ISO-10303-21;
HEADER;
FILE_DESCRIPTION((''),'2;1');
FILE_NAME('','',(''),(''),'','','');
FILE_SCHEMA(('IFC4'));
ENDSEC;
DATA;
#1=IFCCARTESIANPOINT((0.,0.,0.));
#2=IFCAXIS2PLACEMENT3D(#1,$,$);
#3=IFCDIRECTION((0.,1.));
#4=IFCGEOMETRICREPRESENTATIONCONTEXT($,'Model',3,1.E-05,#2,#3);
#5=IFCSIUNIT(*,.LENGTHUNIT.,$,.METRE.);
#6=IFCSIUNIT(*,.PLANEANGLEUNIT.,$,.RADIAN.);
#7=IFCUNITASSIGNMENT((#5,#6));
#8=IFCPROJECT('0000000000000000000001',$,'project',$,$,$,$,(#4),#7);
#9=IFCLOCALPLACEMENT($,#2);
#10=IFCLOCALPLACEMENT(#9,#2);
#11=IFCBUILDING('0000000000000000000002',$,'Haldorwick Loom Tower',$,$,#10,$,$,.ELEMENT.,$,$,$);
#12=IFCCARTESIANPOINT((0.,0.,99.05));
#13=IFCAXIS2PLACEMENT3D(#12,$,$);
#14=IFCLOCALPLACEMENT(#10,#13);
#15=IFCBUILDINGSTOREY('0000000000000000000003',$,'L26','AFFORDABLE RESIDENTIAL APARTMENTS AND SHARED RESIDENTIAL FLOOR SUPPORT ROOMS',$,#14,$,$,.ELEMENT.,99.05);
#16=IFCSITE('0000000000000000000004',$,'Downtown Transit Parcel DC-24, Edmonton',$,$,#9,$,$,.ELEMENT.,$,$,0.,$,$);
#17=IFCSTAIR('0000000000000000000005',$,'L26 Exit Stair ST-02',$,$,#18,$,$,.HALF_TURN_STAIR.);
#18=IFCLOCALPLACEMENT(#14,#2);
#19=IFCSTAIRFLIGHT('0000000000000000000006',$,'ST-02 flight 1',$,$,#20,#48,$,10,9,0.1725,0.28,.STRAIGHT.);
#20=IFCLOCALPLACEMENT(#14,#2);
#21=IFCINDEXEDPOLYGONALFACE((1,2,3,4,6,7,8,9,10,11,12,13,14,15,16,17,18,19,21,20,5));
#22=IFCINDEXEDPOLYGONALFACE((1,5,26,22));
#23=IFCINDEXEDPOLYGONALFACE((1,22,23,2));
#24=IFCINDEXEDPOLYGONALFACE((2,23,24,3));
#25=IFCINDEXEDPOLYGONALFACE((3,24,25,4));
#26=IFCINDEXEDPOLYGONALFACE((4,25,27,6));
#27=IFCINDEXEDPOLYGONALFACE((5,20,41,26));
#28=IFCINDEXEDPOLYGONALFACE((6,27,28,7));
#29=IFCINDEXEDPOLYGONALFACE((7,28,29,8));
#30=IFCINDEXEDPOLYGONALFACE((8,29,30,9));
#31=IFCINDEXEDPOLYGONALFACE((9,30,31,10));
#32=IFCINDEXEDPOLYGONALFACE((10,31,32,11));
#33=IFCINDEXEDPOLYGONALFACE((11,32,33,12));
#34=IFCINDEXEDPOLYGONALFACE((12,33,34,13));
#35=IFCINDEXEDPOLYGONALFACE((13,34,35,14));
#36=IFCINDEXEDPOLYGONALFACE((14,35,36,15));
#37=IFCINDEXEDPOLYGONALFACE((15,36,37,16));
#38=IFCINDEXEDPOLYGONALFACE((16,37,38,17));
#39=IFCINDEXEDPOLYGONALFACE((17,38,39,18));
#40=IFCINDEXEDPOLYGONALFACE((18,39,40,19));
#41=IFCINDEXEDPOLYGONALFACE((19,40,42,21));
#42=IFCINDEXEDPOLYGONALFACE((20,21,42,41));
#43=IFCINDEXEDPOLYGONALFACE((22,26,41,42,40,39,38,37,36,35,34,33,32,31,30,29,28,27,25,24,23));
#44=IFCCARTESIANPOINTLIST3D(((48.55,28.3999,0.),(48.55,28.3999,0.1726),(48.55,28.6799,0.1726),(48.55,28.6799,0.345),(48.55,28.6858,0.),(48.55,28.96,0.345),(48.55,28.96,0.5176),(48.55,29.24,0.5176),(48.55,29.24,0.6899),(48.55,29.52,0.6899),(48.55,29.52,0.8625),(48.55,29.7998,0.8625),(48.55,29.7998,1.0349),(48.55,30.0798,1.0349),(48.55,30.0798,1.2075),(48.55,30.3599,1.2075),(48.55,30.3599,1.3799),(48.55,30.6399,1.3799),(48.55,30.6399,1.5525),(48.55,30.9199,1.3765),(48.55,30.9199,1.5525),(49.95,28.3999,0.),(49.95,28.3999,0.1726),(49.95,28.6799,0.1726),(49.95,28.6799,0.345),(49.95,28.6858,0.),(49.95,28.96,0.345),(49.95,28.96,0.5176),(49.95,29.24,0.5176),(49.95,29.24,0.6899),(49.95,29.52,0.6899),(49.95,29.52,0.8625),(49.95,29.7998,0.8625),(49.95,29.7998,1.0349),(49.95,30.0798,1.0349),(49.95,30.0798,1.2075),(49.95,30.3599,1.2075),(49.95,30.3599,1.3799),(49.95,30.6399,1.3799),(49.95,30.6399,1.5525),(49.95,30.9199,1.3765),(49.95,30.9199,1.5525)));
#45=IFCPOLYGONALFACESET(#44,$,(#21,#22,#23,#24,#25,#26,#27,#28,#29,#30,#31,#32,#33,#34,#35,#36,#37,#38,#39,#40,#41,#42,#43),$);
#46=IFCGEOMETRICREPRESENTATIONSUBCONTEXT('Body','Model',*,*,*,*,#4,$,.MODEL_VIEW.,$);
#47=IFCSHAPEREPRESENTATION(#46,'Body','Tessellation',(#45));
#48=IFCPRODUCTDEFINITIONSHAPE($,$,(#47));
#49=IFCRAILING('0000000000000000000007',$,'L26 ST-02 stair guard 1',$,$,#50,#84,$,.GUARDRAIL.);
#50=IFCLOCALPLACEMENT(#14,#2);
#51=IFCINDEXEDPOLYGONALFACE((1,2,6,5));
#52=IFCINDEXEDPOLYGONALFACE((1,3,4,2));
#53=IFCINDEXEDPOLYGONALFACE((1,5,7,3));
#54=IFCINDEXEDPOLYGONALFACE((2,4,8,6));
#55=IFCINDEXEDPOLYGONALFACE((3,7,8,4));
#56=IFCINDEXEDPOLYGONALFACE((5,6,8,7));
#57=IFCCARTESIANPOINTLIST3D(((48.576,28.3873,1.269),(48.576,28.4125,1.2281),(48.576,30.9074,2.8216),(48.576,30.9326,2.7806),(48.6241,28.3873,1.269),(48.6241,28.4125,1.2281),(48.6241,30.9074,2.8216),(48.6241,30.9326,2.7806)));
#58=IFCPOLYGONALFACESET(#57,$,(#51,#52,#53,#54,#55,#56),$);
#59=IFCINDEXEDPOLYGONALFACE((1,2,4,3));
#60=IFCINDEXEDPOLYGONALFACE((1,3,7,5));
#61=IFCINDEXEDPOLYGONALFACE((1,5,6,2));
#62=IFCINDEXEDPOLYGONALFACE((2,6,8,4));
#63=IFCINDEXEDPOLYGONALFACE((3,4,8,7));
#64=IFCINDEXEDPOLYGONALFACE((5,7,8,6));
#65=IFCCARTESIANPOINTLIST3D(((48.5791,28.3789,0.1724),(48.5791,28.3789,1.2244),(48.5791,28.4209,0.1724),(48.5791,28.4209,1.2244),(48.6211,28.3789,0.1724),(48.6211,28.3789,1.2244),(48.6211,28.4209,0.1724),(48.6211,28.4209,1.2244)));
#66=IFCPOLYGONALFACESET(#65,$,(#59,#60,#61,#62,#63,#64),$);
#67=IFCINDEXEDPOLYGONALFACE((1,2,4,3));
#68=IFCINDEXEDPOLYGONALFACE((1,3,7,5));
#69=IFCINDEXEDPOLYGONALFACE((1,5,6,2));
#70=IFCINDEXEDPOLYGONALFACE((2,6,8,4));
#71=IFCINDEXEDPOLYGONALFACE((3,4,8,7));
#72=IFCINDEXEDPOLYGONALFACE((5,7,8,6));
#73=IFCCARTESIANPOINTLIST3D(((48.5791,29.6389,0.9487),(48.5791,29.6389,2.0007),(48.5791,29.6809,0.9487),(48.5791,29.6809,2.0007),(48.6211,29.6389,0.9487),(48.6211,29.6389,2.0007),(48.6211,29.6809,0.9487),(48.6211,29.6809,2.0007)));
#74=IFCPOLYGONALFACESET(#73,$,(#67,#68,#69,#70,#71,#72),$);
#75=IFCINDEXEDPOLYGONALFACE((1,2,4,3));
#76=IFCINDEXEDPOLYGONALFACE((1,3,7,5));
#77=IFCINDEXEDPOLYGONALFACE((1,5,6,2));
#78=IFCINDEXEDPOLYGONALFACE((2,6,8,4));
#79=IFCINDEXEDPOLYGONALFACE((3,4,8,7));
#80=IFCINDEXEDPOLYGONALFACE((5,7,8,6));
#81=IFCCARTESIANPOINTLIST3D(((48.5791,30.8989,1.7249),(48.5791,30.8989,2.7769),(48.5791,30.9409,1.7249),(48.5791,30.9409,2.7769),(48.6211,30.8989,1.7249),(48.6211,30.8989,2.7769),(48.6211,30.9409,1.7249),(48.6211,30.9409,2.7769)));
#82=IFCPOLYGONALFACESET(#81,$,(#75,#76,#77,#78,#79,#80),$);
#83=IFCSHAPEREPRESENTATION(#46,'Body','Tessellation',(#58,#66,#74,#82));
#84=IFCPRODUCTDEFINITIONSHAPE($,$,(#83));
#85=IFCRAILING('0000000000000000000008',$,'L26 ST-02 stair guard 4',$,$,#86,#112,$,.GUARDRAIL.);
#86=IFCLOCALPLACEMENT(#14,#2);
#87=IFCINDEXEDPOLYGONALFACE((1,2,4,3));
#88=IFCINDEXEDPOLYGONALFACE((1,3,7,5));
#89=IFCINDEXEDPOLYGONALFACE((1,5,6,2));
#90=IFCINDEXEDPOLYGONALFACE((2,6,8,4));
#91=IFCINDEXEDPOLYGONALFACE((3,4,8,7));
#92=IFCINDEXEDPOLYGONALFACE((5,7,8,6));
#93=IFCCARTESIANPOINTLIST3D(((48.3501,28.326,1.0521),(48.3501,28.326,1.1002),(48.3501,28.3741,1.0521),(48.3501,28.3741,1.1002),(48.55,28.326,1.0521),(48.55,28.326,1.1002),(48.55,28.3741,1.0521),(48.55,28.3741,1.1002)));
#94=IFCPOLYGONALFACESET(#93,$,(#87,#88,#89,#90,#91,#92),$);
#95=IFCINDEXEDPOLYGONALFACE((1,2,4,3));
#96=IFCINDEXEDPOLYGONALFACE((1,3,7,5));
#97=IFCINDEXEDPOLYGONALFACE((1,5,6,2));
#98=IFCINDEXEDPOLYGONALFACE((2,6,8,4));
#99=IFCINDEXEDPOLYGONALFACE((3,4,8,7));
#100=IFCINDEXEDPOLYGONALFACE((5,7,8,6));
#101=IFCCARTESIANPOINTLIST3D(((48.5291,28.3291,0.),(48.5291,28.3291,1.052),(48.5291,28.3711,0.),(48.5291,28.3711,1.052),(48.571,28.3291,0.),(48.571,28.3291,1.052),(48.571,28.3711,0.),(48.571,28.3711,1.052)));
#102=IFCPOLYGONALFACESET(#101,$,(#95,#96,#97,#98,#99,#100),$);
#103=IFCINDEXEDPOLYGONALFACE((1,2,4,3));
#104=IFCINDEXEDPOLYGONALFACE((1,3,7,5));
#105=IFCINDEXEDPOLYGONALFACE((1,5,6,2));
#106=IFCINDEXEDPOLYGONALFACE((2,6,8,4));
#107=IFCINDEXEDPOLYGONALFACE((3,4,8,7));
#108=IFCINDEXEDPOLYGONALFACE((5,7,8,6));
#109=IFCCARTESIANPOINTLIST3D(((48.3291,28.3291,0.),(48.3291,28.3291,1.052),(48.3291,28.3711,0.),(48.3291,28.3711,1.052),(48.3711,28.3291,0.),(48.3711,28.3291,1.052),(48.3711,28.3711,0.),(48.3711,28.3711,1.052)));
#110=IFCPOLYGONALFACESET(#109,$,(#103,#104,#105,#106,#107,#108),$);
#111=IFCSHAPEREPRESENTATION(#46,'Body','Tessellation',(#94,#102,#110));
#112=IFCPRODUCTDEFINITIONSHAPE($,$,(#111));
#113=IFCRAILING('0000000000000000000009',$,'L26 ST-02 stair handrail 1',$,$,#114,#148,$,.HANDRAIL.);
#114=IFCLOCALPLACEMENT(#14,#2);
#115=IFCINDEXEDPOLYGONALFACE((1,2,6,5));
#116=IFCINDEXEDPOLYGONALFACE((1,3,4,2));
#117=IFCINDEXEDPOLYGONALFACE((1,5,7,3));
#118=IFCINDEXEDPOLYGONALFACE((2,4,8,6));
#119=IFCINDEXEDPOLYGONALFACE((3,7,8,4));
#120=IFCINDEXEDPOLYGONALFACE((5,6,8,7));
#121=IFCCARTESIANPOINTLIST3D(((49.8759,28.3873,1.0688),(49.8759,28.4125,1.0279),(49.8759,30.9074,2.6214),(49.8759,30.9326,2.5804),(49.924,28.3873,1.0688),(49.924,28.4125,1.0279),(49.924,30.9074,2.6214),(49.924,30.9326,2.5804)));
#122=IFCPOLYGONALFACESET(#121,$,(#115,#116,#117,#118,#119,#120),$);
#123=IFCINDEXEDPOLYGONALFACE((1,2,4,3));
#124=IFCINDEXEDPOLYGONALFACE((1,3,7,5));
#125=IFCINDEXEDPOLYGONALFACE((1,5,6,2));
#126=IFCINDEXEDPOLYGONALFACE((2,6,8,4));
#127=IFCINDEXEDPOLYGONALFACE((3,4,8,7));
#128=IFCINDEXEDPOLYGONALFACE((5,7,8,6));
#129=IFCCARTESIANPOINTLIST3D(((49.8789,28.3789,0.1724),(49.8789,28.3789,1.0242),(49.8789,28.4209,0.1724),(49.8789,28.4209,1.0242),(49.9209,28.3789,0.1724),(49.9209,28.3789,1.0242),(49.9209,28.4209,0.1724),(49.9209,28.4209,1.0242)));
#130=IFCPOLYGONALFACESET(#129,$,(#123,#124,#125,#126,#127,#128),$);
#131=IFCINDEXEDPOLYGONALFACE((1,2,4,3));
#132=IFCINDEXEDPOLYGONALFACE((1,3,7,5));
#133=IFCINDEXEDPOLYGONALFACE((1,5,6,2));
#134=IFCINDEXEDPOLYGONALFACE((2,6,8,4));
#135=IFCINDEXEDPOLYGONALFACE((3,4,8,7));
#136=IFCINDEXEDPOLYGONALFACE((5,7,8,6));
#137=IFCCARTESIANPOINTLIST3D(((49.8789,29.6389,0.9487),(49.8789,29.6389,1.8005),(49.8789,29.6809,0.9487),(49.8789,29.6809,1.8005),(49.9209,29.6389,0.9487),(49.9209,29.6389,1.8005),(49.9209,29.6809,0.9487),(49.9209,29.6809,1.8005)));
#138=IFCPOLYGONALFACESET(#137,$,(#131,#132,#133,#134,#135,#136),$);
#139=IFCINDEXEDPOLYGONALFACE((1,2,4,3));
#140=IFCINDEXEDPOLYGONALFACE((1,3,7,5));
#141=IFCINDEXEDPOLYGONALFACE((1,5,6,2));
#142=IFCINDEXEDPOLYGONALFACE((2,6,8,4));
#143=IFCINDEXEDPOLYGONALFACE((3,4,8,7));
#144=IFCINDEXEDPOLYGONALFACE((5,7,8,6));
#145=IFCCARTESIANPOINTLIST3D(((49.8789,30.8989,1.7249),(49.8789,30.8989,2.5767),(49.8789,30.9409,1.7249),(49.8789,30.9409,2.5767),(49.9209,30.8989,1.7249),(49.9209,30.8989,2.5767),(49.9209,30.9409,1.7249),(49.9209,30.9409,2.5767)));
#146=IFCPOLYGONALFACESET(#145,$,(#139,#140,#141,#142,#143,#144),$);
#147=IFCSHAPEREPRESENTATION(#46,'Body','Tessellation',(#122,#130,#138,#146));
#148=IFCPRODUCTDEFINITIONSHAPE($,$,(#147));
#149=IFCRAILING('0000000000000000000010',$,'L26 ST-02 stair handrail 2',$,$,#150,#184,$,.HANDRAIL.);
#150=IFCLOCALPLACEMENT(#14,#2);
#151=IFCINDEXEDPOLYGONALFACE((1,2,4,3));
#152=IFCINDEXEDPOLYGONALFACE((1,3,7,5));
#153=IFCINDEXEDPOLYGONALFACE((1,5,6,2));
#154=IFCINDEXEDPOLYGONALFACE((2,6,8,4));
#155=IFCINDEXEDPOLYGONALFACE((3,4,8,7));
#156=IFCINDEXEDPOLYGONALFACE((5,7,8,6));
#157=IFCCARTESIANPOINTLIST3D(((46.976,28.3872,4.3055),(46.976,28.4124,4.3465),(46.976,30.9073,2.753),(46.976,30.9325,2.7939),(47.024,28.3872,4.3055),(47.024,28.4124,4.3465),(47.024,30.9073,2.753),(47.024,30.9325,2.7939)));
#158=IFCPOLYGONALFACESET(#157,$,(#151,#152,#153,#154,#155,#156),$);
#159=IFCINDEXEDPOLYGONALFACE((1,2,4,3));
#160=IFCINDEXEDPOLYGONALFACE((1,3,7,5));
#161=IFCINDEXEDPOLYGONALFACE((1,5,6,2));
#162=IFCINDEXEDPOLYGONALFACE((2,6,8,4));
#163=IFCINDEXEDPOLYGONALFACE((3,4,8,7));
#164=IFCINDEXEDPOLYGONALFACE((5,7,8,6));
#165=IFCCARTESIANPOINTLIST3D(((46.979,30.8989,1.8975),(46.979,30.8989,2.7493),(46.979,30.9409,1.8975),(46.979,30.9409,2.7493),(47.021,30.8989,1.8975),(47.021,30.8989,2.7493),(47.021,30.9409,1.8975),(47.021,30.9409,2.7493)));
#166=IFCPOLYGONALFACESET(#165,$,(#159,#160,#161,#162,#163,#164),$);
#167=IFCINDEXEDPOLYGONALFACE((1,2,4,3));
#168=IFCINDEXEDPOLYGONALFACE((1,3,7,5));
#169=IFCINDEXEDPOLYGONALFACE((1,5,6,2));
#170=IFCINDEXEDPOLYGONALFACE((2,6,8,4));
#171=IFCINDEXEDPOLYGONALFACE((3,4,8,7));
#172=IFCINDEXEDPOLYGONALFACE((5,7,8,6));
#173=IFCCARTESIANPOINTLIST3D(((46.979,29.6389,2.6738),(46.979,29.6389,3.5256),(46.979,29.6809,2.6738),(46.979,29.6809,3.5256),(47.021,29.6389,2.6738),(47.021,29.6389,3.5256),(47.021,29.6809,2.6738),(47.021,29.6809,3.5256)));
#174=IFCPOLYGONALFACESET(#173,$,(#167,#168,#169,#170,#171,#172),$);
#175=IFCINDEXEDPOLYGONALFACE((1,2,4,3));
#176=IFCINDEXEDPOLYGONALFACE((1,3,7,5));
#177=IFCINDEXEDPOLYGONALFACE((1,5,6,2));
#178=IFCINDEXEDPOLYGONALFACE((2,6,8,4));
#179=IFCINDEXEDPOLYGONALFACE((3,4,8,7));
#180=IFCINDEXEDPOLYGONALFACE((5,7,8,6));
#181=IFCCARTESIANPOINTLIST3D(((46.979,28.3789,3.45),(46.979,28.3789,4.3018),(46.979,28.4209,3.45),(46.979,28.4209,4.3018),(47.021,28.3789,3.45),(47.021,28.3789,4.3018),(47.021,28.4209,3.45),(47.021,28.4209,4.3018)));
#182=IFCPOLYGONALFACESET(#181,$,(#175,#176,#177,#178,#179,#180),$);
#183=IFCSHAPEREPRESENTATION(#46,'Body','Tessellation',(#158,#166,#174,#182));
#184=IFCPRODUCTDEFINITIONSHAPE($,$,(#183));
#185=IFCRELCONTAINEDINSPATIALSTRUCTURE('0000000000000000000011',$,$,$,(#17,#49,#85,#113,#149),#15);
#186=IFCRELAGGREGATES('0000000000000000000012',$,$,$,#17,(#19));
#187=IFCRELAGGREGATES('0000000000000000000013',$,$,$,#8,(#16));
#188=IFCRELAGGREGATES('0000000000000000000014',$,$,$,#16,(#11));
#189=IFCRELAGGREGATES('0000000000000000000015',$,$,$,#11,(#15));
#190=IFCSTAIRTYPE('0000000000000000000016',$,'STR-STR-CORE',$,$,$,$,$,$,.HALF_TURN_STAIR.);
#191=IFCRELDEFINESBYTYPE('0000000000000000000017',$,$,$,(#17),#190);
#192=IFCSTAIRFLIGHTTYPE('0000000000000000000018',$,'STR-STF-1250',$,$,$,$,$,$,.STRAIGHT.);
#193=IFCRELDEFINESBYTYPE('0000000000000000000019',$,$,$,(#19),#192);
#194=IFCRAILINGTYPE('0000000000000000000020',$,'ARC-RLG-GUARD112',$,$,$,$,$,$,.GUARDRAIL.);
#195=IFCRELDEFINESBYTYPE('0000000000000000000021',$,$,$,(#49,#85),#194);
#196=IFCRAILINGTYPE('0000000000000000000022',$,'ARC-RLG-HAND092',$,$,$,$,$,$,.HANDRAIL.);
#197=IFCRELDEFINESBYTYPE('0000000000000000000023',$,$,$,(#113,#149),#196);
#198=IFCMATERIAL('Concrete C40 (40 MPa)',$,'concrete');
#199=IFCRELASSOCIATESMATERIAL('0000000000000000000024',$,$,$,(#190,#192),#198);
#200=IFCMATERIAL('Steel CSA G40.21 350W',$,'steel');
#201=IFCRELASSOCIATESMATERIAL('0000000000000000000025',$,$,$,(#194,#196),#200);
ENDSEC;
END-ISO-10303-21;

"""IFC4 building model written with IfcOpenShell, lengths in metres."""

from ifc_helpers import new_model, si_unit, direction, frame, origin, origin_2d, place, context, subcontext, project, spatial, polyline, rectangle, outline, extrude, material, type_object, element, aggregate, save


model = new_model("IFC4")

# Units and contexts
model_context = context("Model", 3, precision=1e-05, world=origin(), true_north=direction((0.0, 1.0)))
body_context = subcontext(model_context, "Body", "Model", "MODEL_VIEW")
ifc_project = project(units=[si_unit("LENGTHUNIT", "METRE"), si_unit("PLANEANGLEUNIT", "RADIAN")], contexts=[model_context])

# Site, building, storey
site_placement = place(None, origin())
site = spatial("IfcSite", under=ifc_project, at=site_placement, Name="Downtown Transit Parcel DC-24, Edmonton", CompositionType="ELEMENT", RefElevation=0.0)
building_placement = place(site_placement, origin())
building = spatial("IfcBuilding", under=site, at=building_placement, Name="Haldorwick Loom Tower", CompositionType="ELEMENT")
storey_placement = place(building_placement, frame((0.0, 0.0, 99.05)))
storey = spatial("IfcBuildingStorey", under=building, at=storey_placement, Name="L26", Description="AFFORDABLE RESIDENTIAL APARTMENTS AND SHARED RESIDENTIAL FLOOR SUPPORT ROOMS", CompositionType="ELEMENT", Elevation=99.05)

# Shared definitions
ifc_material_1 = material(Name="Steel CSA G40.21 350W", Category="steel")

# Stair, stair flight
ifc_material_2 = material(Name="Concrete C40 (40 MPa)", Category="concrete")
stair_type = type_object("IfcStairType", Name="STR-STR-CORE", PredefinedType="HALF_TURN_STAIR", material=ifc_material_2)
stair_placement = place(storey_placement, origin())
stair = element("IfcStair", 1, at=stair_placement, inside=storey, type_object=stair_type, Name="L26 Exit Stair ST-02", PredefinedType="HALF_TURN_STAIR")
stair_flight_type = type_object("IfcStairFlightType", Name="STR-STF-1250", PredefinedType="STRAIGHT", material=ifc_material_2)
stair_flight_placement = place(storey_placement, frame((49.25, 28.3999, 0.0), z_axis=(0.0, 0.0, 1.0), x_axis=(0.0, 1.0, 0.0)))
stair_flight = element("IfcStairFlight", 2, at=stair_flight_placement, type_object=stair_flight_type, Name="ST-02 flight 1", NumberOfRisers=10, NumberOfTreads=9, PredefinedType="STRAIGHT", RiserHeight=0.1725, TreadLength=0.28, context=body_context, shape_type="SweptSolid", body=[
    extrude(outline(polyline([(0.0, 0.0), (0.0, 0.1726), (0.28, 0.1726), (0.28, 0.345), (0.5601, 0.345), (0.5601, 0.5176), (0.8401, 0.5176), (0.8401, 0.6899), (1.1201, 0.6899), (1.1201, 0.8625), (1.3999, 0.8625), (1.3999, 1.0349), (1.6799, 1.0349), (1.6799, 1.2075), (1.96, 1.2075), (1.96, 1.3799), (2.24, 1.3799), (2.24, 1.5525), (2.52, 1.5525), (2.52, 1.7251), (2.52, 1.3765), (0.2859, 0.0), (0.0, 0.0)])), frame((0.0, 0.7, 0.0), z_axis=(0.0, -1.0, 0.0), x_axis=(1.0, 0.0, 0.0)), (0.0, 0.0, 1.0), 1.3999),
])
aggregate(stair, [stair_flight])

# Railings
railing_type_1 = type_object("IfcRailingType", Name="ARC-RLG-GUARD112", PredefinedType="GUARDRAIL", material=ifc_material_1)
railing_1_placement = place(storey_placement, frame((48.6001, 28.3999, 0.1724)))
element("IfcRailing", 3, at=railing_1_placement, inside=storey, type_object=railing_type_1, Name="L26 ST-02 stair guard 1", PredefinedType="GUARDRAIL", context=body_context, shape_type="SweptSolid", body=[
    extrude(rectangle(XDim=0.0481, YDim=0.0481, at=origin_2d()), frame((0.0, 0.0, 1.0762), z_axis=(0.0, 0.8514, 0.524516), x_axis=(-1.0, 0.0, 0.0)), (0.0, 0.0, 1.0), 2.96),
    extrude(rectangle(XDim=0.042, YDim=0.042, at=origin_2d()), origin(), (0.0, 0.0, 1.0), 1.052),
    extrude(rectangle(XDim=0.042, YDim=0.042, at=origin_2d()), frame((0.0, 1.26, 0.7764)), (0.0, 0.0, 1.0), 1.052),
    extrude(rectangle(XDim=0.042, YDim=0.042, at=origin_2d()), frame((0.0, 2.52, 1.5525)), (0.0, 0.0, 1.0), 1.052),
])
railing_2_placement = place(storey_placement, frame((48.55, 28.3501, 0.0)))
element("IfcRailing", 4, at=railing_2_placement, inside=storey, type_object=railing_type_1, Name="L26 ST-02 stair guard 4", PredefinedType="GUARDRAIL", context=body_context, shape_type="SweptSolid", body=[
    extrude(rectangle(XDim=0.0481, YDim=0.0481, at=origin_2d()), frame((0.0, 0.0, 1.0762), z_axis=(-1.0, 0.0, 0.0), x_axis=(0.0, -1.0, 0.0)), (0.0, 0.0, 1.0), 0.2),
    extrude(rectangle(XDim=0.042, YDim=0.042, at=origin_2d()), origin(), (0.0, 0.0, 1.0), 1.052),
    extrude(rectangle(XDim=0.042, YDim=0.042, at=origin_2d()), frame((-0.2, 0.0, 0.0)), (0.0, 0.0, 1.0), 1.052),
])
railing_type_2 = type_object("IfcRailingType", Name="ARC-RLG-HAND092", PredefinedType="HANDRAIL", material=ifc_material_1)
railing_3_placement = place(storey_placement, frame((49.8999, 28.3999, 0.1724)))
element("IfcRailing", 5, at=railing_3_placement, inside=storey, type_object=railing_type_2, Name="L26 ST-02 stair handrail 1", PredefinedType="HANDRAIL", context=body_context, shape_type="SweptSolid", body=[
    extrude(rectangle(XDim=0.0481, YDim=0.0481, at=origin_2d()), frame((0.0, 0.0, 0.876), z_axis=(0.0, 0.8514, 0.524516), x_axis=(-1.0, 0.0, 0.0)), (0.0, 0.0, 1.0), 2.96),
    extrude(rectangle(XDim=0.042, YDim=0.042, at=origin_2d()), origin(), (0.0, 0.0, 1.0), 0.8518),
    extrude(rectangle(XDim=0.042, YDim=0.042, at=origin_2d()), frame((0.0, 1.26, 0.7764)), (0.0, 0.0, 1.0), 0.8518),
    extrude(rectangle(XDim=0.042, YDim=0.042, at=origin_2d()), frame((0.0, 2.52, 1.5525)), (0.0, 0.0, 1.0), 0.8518),
])
railing_4_placement = place(storey_placement, frame((47.0, 30.9199, 1.8975)))
element("IfcRailing", 6, at=railing_4_placement, inside=storey, type_object=railing_type_2, Name="L26 ST-02 stair handrail 2", PredefinedType="HANDRAIL", context=body_context, shape_type="SweptSolid", body=[
    extrude(rectangle(XDim=0.0481, YDim=0.0481, at=origin_2d()), frame((0.0, 0.0, 0.876), z_axis=(0.0, -0.8514, 0.524516), x_axis=(1.0, 0.0, 0.0)), (0.0, 0.0, 1.0), 2.96),
    extrude(rectangle(XDim=0.042, YDim=0.042, at=origin_2d()), origin(), (0.0, 0.0, 1.0), 0.8518),
    extrude(rectangle(XDim=0.042, YDim=0.042, at=origin_2d()), frame((0.0, -1.26, 0.7764)), (0.0, 0.0, 1.0), 0.8518),
    extrude(rectangle(XDim=0.042, YDim=0.042, at=origin_2d()), frame((0.0, -2.52, 1.5525)), (0.0, 0.0, 1.0), 0.8518),
])

save(model, "model.ifc")
